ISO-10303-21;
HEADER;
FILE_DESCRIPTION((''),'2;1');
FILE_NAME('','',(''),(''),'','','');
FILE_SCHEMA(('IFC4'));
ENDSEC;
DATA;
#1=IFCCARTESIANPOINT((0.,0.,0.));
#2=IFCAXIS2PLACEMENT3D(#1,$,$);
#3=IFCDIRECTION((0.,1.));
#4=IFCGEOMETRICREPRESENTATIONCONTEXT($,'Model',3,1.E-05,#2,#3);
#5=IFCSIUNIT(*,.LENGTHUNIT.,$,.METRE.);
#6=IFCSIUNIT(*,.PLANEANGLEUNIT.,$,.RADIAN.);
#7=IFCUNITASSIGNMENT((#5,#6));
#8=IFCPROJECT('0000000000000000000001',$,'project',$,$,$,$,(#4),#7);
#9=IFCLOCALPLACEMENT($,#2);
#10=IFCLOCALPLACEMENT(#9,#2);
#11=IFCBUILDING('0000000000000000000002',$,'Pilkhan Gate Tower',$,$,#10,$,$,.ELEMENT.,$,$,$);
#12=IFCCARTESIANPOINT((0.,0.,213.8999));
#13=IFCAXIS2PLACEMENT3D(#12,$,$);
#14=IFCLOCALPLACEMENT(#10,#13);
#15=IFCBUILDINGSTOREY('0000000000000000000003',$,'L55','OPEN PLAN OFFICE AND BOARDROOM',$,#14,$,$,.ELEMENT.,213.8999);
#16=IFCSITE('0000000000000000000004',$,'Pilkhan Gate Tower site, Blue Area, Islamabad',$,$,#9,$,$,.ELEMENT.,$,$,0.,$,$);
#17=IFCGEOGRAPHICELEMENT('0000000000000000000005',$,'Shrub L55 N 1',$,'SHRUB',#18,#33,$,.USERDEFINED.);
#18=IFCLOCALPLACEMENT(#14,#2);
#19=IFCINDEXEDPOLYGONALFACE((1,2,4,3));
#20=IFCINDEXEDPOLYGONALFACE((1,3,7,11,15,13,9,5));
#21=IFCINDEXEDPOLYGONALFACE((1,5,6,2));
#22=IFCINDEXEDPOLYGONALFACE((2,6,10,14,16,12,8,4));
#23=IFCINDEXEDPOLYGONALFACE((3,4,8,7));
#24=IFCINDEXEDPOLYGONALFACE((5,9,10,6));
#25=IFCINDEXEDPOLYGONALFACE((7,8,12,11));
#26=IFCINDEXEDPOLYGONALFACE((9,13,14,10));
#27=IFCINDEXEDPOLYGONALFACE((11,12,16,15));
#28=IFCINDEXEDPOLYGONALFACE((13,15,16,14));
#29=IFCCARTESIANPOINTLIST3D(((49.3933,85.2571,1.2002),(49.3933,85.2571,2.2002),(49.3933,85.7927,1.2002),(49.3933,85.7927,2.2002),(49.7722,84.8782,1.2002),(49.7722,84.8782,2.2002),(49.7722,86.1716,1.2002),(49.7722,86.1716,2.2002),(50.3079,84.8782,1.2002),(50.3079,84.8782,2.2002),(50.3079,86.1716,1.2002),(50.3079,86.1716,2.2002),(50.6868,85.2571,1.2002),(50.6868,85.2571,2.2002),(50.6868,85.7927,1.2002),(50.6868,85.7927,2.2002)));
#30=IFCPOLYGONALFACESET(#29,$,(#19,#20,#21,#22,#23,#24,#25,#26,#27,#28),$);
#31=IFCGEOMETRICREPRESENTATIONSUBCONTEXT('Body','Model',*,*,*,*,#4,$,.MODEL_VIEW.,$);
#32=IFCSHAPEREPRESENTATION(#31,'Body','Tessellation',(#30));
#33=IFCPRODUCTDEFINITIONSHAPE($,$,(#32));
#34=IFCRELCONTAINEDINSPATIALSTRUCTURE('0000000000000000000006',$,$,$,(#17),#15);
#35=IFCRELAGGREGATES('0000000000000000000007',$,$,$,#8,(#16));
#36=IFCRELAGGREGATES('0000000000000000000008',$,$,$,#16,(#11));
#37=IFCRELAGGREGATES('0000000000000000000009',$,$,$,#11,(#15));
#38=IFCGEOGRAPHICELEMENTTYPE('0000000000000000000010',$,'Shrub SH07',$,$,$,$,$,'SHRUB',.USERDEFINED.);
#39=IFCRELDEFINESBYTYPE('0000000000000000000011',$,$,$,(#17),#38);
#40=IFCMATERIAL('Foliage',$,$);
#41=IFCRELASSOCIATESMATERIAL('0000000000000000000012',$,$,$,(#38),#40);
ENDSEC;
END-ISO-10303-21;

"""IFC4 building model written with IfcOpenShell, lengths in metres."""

from ifc_helpers import new_model, si_unit, direction, frame, origin, place, context, subcontext, project, spatial, polyline, outline, extrude, material, material_profile, profile_set, type_object, element, save


model = new_model("IFC4")

# Units and contexts
model_context = context("Model", 3, precision=1e-05, world=origin(), true_north=direction((0.0, 1.0)))
body_context = subcontext(model_context, "Body", "Model", "MODEL_VIEW")
ifc_project = project(units=[si_unit("LENGTHUNIT", "METRE"), si_unit("PLANEANGLEUNIT", "RADIAN")], contexts=[model_context])

# Site, building, storey
site_placement = place(None, origin())
site = spatial("IfcSite", under=ifc_project, at=site_placement, Name="Pilkhan Gate Tower site, Blue Area, Islamabad", CompositionType="ELEMENT", RefElevation=0.0)
building_placement = place(site_placement, origin())
building = spatial("IfcBuilding", under=site, at=building_placement, Name="Pilkhan Gate Tower", CompositionType="ELEMENT")
storey_placement = place(building_placement, frame((0.0, 0.0, 213.8999)))
storey = spatial("IfcBuildingStorey", under=building, at=storey_placement, Name="L55", Description="OPEN PLAN OFFICE AND BOARDROOM", CompositionType="ELEMENT", Elevation=213.8999)

# Geographic element
ifc_material_1 = material(Name="Foliage")
ifc_material_profile_1 = material_profile(ifc_material_1, outline(polyline([(0.6467, 0.2678), (0.2678, 0.6467), (-0.2678, 0.6467), (-0.6467, 0.2678), (-0.6467, -0.2678), (-0.2678, -0.6467), (0.2678, -0.6467), (0.6467, -0.2678), (0.6467, 0.2678)])), Name="Shrub D1.4")
ifc_profile_set_1 = profile_set([ifc_material_profile_1], Name="Foliage")
geographic_element_type_1 = type_object("IfcGeographicElementType", Name="Shrub SH07", ElementType="SHRUB", PredefinedType="USERDEFINED", material=ifc_profile_set_1)
for number, where, z_axis, x_axis, name in (
    (1, (50.04, 85.5249, 1.2002), (0.0, 0.0, 1.0), (1.0, 0.0, 0.0), "Shrub L55 N 1"),
):
    element("IfcGeographicElement", number, at=place(storey_placement, frame(where, z_axis=z_axis, x_axis=x_axis)), inside=storey, type_object=geographic_element_type_1, Name=name, ObjectType="SHRUB", PredefinedType="USERDEFINED", context=body_context, shape_type="SweptSolid", body=[
        extrude(outline(polyline([(0.6467, 0.2678), (0.2678, 0.6467), (-0.2678, 0.6467), (-0.6467, 0.2678), (-0.6467, -0.2678), (-0.2678, -0.6467), (0.2678, -0.6467), (0.6467, -0.2678), (0.6467, 0.2678)])), origin(), (0.0, 0.0, 1.0), 1.0),
    ])

save(model, "model.ifc")
